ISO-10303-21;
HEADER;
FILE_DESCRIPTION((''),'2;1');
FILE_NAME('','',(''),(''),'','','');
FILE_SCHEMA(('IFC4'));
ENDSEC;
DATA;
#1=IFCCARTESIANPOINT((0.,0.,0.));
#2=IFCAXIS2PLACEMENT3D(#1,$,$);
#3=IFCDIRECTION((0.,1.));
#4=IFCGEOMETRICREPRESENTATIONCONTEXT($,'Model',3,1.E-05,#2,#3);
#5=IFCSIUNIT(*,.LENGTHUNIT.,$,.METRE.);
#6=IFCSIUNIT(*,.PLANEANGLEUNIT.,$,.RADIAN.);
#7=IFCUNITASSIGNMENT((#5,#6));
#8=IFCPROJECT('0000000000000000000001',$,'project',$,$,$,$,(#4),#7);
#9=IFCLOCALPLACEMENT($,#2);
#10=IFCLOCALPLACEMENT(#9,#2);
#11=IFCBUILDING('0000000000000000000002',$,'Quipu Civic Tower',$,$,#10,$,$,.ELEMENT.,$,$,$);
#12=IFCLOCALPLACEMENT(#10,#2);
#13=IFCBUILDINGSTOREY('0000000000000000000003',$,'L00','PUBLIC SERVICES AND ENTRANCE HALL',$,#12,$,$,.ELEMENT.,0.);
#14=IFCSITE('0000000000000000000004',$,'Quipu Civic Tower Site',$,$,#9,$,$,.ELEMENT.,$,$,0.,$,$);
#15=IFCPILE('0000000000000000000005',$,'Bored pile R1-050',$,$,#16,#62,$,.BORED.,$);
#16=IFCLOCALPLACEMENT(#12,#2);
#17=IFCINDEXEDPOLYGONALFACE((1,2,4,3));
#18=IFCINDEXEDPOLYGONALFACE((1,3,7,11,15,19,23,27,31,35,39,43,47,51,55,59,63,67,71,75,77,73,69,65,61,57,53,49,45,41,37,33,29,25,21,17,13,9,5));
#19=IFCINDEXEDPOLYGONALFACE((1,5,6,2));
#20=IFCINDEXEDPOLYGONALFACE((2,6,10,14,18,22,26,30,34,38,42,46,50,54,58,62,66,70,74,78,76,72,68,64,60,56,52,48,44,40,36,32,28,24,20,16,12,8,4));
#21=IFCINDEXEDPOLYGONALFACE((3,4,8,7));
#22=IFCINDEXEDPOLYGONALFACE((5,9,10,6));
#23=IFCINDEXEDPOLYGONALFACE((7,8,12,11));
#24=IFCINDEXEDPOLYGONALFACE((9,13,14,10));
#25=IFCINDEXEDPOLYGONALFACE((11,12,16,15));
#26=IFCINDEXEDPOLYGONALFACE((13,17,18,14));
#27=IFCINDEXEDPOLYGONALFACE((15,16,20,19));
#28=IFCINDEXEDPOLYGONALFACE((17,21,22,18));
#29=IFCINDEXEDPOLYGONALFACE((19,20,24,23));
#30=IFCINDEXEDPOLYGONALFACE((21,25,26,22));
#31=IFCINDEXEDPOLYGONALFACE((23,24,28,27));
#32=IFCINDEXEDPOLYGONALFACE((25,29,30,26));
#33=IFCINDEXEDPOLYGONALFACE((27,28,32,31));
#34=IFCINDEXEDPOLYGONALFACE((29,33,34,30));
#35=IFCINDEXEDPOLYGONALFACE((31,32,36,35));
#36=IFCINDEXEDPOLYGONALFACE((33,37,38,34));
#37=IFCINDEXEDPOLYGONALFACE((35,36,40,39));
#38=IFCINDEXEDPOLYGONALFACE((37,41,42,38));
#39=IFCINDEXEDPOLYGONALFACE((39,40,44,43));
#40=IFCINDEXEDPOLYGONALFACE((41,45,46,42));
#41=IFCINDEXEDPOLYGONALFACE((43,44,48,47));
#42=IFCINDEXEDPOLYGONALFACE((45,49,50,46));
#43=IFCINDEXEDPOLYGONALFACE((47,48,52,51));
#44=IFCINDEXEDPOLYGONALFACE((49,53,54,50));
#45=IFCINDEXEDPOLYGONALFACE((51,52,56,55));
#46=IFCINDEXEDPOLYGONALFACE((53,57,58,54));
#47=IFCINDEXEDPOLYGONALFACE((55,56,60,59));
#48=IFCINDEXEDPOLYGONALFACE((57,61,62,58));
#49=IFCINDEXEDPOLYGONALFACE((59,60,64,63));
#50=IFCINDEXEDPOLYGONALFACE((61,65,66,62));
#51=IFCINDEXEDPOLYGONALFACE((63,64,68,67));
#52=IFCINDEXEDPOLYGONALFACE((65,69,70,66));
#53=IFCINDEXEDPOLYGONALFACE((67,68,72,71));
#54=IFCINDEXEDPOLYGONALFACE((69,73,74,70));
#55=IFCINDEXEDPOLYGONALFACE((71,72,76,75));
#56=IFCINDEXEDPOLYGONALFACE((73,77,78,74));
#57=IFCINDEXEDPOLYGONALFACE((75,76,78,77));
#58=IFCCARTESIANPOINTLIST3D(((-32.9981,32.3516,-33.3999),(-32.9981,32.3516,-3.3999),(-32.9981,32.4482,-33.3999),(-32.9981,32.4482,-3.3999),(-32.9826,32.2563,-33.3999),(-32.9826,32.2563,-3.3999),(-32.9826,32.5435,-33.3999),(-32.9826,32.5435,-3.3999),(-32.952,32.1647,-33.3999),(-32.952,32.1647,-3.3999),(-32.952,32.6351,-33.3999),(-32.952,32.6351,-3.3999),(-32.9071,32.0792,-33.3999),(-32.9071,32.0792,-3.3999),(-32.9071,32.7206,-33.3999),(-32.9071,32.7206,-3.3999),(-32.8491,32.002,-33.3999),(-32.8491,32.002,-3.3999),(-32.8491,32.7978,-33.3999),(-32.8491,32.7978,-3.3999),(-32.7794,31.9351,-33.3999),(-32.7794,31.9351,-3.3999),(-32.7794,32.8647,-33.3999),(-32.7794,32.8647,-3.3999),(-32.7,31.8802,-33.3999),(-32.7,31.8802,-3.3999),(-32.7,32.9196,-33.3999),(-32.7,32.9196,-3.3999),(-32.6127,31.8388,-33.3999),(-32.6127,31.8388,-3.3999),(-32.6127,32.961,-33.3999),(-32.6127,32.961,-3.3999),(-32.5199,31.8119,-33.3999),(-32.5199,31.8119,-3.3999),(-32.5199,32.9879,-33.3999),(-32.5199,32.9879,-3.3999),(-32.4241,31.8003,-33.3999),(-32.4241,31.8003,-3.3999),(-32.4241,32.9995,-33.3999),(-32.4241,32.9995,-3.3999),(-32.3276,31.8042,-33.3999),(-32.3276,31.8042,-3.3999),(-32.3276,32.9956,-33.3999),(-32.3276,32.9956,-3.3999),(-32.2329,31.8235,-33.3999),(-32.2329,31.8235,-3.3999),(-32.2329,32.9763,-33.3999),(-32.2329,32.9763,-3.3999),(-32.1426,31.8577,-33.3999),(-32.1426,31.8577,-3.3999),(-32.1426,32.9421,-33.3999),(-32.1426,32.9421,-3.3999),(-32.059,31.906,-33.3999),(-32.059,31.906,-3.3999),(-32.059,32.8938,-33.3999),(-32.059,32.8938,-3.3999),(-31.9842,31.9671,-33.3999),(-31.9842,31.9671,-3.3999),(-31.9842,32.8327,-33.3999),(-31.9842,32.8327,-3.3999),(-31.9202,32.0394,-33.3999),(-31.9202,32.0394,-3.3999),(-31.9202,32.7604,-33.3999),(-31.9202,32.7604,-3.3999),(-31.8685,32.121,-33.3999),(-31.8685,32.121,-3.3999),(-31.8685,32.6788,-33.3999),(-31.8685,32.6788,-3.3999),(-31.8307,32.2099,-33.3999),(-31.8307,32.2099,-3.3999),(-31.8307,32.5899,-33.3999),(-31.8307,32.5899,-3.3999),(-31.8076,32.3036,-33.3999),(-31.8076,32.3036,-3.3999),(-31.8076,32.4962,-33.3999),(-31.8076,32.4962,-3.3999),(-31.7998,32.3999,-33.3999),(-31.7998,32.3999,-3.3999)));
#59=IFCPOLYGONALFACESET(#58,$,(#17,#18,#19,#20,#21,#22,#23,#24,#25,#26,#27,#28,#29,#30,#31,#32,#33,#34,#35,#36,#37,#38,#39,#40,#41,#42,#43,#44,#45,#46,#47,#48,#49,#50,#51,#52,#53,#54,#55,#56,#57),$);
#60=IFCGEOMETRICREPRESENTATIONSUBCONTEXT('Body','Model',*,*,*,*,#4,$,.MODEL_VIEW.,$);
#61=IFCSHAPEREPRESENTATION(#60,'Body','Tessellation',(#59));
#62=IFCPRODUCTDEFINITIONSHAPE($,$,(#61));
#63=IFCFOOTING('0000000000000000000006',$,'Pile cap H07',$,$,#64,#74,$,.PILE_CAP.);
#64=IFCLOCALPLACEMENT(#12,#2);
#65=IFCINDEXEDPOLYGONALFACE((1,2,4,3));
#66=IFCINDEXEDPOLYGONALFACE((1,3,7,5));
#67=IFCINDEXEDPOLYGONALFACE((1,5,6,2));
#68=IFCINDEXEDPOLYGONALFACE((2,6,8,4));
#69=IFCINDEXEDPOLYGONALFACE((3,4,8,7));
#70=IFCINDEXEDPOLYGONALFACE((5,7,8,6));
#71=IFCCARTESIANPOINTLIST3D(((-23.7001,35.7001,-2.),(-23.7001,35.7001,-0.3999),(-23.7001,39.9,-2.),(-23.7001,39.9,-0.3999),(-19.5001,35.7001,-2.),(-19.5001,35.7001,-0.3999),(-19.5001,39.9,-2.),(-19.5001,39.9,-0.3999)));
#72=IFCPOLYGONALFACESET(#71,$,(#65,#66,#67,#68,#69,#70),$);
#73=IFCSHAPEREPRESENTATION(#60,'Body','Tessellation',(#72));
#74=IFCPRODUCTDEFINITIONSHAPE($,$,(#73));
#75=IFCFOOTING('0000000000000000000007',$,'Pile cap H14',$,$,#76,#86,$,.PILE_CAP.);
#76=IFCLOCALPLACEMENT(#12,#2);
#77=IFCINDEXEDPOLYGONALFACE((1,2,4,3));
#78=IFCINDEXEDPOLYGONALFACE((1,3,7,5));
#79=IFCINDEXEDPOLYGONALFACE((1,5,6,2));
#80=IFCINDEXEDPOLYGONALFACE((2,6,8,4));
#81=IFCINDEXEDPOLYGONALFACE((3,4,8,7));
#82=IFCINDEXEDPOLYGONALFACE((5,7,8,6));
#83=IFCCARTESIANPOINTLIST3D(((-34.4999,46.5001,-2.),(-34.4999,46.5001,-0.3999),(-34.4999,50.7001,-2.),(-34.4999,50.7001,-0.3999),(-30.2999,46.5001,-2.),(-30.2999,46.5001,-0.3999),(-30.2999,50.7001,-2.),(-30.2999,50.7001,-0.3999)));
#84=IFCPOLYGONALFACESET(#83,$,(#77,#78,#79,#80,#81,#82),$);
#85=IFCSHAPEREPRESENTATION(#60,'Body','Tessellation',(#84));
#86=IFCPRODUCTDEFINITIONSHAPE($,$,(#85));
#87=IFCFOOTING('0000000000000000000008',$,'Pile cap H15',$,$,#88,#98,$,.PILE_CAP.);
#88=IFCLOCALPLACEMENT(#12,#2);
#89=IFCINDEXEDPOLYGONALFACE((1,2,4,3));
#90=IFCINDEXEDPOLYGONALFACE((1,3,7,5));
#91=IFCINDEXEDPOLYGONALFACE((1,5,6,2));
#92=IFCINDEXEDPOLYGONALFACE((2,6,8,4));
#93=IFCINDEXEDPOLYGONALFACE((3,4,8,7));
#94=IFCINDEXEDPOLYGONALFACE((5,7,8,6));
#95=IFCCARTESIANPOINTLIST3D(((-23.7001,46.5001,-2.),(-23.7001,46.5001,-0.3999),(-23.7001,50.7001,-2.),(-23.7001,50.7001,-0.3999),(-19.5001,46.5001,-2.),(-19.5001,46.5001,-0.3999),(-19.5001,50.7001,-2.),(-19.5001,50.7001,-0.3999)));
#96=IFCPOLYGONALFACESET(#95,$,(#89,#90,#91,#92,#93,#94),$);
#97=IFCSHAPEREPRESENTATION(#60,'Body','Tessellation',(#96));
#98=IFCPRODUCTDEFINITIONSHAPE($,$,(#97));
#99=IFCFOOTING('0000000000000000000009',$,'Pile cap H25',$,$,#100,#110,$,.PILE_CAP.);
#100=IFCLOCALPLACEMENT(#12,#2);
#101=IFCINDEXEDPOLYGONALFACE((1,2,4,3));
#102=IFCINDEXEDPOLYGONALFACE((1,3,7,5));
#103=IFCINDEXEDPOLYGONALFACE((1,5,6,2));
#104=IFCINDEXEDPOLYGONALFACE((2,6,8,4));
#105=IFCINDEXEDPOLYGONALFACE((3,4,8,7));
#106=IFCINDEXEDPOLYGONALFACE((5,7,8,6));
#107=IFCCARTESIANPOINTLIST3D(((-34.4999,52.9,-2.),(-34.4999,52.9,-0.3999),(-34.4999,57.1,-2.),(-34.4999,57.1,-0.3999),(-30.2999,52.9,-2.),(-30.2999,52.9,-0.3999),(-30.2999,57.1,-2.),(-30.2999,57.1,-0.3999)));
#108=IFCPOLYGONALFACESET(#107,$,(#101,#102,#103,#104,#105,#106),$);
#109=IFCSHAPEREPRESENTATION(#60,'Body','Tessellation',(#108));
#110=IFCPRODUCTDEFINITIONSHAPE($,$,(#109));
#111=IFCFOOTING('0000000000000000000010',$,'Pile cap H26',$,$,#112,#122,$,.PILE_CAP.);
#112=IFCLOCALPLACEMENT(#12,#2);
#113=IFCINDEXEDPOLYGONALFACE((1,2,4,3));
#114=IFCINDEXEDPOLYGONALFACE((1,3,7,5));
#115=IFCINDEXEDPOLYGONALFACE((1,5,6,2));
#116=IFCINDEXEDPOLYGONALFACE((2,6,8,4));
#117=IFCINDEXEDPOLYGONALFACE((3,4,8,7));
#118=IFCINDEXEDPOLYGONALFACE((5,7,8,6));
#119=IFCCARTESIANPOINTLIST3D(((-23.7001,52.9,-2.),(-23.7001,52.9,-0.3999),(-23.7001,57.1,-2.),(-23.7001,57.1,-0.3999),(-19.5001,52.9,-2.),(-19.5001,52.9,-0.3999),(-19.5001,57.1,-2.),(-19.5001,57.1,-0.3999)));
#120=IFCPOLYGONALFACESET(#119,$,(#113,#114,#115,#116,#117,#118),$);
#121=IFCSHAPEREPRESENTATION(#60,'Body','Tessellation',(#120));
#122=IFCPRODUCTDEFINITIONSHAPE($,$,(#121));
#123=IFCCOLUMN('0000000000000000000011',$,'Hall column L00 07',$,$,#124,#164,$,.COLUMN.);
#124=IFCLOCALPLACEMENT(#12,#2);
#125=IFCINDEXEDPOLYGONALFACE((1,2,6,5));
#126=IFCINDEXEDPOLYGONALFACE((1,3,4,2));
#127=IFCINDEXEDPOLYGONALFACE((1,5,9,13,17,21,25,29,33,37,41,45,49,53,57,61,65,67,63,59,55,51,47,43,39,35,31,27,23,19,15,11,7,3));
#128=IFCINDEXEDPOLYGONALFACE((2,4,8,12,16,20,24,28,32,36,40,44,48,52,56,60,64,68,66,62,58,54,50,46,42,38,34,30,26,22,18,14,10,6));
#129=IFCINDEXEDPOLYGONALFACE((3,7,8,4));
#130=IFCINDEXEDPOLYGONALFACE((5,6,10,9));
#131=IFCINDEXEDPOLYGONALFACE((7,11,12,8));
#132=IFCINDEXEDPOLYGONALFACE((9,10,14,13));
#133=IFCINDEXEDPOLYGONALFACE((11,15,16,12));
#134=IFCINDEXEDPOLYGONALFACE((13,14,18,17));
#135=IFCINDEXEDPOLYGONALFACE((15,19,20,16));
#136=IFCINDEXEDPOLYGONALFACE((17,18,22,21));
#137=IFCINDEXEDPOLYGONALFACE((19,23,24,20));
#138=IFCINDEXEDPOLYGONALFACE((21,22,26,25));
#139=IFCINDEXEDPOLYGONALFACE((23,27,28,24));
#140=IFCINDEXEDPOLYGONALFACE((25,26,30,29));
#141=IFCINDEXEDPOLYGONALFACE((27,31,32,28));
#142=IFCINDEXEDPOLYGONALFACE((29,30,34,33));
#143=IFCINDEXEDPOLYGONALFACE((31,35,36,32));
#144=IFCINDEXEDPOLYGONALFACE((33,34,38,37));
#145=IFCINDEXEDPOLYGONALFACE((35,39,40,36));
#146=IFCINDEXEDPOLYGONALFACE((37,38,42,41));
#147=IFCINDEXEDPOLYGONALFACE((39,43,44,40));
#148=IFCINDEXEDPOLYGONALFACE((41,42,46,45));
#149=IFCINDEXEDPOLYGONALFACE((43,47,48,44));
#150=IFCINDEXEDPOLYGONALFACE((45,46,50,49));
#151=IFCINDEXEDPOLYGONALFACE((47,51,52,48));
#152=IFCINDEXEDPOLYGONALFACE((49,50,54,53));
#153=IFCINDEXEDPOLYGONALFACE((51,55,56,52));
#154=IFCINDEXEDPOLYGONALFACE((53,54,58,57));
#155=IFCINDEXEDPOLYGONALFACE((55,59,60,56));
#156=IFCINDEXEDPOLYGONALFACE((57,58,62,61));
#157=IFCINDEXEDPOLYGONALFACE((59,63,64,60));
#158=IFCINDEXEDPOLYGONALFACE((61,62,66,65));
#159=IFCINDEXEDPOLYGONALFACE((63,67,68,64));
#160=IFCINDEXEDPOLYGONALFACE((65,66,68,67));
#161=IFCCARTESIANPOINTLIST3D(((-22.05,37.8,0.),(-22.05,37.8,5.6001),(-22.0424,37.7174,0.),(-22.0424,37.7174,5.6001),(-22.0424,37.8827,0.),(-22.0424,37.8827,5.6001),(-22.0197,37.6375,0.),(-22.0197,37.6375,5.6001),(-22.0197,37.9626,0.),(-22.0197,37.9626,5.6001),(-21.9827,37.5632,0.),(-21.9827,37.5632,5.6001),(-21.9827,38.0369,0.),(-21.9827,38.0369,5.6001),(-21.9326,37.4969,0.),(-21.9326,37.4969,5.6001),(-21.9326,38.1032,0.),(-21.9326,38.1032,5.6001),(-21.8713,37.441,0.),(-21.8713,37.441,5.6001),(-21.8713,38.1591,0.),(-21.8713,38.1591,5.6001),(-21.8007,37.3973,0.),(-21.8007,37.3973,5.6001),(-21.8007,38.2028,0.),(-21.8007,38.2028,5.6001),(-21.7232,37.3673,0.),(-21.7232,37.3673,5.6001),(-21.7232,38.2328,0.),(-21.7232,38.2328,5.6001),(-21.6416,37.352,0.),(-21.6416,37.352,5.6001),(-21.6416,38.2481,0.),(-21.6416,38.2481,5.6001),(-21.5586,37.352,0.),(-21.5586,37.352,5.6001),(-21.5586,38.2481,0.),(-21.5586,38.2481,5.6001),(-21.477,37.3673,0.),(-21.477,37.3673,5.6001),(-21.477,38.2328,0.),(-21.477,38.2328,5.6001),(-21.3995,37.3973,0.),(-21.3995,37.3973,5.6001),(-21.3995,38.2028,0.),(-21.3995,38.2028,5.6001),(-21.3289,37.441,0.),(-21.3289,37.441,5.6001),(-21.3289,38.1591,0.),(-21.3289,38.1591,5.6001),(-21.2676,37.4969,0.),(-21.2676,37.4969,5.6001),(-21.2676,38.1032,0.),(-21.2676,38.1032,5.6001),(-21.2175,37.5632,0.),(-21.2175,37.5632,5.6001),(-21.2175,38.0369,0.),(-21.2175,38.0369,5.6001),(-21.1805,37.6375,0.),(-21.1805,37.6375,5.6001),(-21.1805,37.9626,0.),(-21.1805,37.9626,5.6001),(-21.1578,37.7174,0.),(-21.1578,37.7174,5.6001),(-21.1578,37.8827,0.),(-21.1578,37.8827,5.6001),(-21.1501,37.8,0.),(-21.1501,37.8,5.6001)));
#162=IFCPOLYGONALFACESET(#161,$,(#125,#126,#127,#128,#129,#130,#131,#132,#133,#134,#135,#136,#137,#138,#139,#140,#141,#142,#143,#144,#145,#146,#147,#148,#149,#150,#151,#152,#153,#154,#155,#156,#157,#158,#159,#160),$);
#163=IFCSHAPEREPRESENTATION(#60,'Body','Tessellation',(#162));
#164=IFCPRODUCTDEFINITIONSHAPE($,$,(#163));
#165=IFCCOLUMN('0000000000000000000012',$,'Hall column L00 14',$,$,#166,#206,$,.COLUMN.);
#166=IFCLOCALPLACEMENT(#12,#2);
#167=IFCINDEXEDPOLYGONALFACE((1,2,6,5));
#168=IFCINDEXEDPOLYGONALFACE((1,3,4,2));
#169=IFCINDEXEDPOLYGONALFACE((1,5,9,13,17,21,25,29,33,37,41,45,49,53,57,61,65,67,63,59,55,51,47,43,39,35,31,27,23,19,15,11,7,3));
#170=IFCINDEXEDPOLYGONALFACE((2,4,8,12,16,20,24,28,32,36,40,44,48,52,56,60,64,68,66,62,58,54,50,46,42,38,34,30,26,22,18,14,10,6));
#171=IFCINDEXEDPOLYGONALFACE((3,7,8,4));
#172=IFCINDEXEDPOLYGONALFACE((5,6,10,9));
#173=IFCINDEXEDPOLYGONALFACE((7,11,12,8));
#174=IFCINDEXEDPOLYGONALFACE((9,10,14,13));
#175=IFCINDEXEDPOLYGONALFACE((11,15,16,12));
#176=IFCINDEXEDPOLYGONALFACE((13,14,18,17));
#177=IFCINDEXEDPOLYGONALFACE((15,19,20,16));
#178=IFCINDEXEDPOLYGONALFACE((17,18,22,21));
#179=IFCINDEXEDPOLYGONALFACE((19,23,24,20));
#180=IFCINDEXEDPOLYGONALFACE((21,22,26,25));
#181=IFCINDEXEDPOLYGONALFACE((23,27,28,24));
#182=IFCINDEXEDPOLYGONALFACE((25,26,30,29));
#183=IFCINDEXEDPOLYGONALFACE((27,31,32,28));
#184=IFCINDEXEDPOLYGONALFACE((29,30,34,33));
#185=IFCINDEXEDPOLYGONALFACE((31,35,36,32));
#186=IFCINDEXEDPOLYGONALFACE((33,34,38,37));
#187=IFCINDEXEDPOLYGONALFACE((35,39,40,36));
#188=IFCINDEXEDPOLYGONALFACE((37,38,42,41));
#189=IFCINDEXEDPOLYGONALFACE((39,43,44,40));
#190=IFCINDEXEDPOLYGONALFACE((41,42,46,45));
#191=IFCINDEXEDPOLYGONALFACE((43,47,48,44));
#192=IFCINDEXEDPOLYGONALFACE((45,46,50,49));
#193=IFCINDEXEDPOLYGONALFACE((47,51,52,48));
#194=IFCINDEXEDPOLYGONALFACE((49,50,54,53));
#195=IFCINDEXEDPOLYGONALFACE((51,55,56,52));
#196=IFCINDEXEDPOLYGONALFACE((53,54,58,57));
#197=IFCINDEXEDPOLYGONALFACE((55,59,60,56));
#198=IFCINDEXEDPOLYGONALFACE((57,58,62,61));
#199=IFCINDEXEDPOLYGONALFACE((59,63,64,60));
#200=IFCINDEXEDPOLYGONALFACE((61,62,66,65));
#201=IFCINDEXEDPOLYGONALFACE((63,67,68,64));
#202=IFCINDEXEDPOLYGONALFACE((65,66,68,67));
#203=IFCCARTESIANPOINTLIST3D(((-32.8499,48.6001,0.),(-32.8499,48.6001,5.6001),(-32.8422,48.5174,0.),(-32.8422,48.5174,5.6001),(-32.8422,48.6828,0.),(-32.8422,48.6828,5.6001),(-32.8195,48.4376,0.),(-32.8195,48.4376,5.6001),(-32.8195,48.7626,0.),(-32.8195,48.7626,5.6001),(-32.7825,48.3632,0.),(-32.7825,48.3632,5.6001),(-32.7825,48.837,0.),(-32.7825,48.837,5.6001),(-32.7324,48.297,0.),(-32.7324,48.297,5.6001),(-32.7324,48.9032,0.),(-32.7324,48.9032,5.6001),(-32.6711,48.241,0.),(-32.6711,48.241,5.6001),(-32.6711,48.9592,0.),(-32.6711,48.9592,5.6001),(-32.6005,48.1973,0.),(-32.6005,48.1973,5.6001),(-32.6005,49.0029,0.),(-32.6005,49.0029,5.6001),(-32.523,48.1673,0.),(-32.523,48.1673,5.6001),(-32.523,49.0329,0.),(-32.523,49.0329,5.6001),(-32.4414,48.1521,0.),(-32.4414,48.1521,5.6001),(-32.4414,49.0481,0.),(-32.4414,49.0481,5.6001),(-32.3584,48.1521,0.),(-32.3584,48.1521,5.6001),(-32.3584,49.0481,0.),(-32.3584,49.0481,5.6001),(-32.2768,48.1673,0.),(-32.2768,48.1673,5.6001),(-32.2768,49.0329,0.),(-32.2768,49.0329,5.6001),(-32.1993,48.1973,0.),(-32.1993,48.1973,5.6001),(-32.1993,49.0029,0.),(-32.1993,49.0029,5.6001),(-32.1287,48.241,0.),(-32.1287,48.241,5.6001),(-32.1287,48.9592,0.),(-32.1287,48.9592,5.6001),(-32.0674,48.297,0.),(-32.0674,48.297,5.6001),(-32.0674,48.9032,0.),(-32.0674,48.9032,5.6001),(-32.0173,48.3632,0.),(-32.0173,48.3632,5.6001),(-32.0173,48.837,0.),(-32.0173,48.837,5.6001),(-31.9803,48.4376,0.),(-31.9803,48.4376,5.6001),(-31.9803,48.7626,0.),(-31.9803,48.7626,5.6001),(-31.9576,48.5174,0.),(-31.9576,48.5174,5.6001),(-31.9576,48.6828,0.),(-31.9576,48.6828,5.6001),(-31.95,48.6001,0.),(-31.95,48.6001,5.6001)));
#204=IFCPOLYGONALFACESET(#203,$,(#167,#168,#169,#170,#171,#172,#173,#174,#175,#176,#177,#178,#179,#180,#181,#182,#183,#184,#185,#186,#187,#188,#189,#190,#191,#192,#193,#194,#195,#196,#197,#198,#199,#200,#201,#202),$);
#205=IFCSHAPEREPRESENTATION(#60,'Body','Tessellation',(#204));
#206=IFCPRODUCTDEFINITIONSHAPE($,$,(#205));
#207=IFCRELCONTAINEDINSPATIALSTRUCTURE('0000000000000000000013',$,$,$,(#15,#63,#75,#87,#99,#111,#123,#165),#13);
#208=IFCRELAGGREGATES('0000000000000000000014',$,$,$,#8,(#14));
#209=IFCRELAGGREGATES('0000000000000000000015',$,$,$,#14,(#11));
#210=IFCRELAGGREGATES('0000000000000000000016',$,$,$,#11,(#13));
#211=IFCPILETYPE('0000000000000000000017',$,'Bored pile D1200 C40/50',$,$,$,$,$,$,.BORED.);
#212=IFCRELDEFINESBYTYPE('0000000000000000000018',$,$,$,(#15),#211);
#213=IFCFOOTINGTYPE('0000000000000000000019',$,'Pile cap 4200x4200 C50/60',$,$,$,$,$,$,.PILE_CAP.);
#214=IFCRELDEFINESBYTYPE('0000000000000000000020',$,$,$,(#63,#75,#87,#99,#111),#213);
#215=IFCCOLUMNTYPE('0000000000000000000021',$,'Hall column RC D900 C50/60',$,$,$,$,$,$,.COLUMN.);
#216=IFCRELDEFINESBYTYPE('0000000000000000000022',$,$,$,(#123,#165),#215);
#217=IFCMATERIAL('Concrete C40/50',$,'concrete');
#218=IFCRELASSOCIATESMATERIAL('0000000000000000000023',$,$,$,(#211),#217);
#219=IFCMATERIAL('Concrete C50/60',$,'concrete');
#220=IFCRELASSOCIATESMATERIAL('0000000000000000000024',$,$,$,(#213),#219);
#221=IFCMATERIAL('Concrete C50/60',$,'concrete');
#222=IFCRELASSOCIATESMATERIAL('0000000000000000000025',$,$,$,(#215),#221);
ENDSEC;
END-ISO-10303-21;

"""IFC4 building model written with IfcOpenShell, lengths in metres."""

from ifc_helpers import new_model, si_unit, direction, frame, origin, origin_2d, place, context, subcontext, project, spatial, rectangle, circle, extrude, material, material_profile, profile_set, type_object, element, save


model = new_model("IFC4")

# Units and contexts
model_context = context("Model", 3, precision=1e-05, world=origin(), true_north=direction((0.0, 1.0)))
body_context = subcontext(model_context, "Body", "Model", "MODEL_VIEW")
ifc_project = project(units=[si_unit("LENGTHUNIT", "METRE"), si_unit("PLANEANGLEUNIT", "RADIAN")], contexts=[model_context])

# Site, building, storey
site_placement = place(None, origin())
site = spatial("IfcSite", under=ifc_project, at=site_placement, Name="Quipu Civic Tower Site", CompositionType="ELEMENT", RefElevation=0.0)
building_placement = place(site_placement, origin())
building = spatial("IfcBuilding", under=site, at=building_placement, Name="Quipu Civic Tower", CompositionType="ELEMENT")
storey_placement = place(building_placement, origin())
storey = spatial("IfcBuildingStorey", under=building, at=storey_placement, Name="L00", Description="PUBLIC SERVICES AND ENTRANCE HALL", CompositionType="ELEMENT", Elevation=0.0)

# Pile
ifc_material_1 = material(Name="Concrete C40/50", Category="concrete")
ifc_material_profile_1 = material_profile(ifc_material_1, circle(Radius=0.6001, at=origin_2d()), Name="RCD1200")
ifc_profile_set_1 = profile_set([ifc_material_profile_1], Name="Concrete C40/50")
pile_type_1 = type_object("IfcPileType", Name="Bored pile D1200 C40/50", PredefinedType="BORED", material=ifc_profile_set_1)
pile_placement = place(storey_placement, frame((-32.3999, 32.3999, -3.3999), z_axis=(0.0, 0.0, -1.0), x_axis=(1.0, 0.0, 0.0)))
element("IfcPile", 1, at=pile_placement, inside=storey, type_object=pile_type_1, Name="Bored pile R1-050", PredefinedType="BORED", context=body_context, shape_type="SweptSolid", body=[
    extrude(circle(Radius=0.6001, at=origin_2d()), origin(), (0.0, 0.0, 1.0), 30.0),
])

# Footings
ifc_material_2 = material(Name="Concrete C50/60", Category="concrete")
footing_type = type_object("IfcFootingType", Name="Pile cap 4200x4200 C50/60", PredefinedType="PILE_CAP", material=ifc_material_2)
for number, where, z_axis, x_axis, name in (
    (2, (-21.6001, 37.8, -2.0), (0.0, 0.0, 1.0), (1.0, 0.0, 0.0), "Pile cap H07"),
    (3, (-32.3999, 48.6001, -2.0), (0.0, 0.0, 1.0), (1.0, 0.0, 0.0), "Pile cap H14"),
    (4, (-21.6001, 48.6001, -2.0), (0.0, 0.0, 1.0), (1.0, 0.0, 0.0), "Pile cap H15"),
    (5, (-32.3999, 55.0, -2.0), (0.0, 0.0, 1.0), (1.0, 0.0, 0.0), "Pile cap H25"),
    (6, (-21.6001, 55.0, -2.0), (0.0, 0.0, 1.0), (1.0, 0.0, 0.0), "Pile cap H26"),
):
    element("IfcFooting", number, at=place(storey_placement, frame(where, z_axis=z_axis, x_axis=x_axis)), inside=storey, type_object=footing_type, Name=name, PredefinedType="PILE_CAP", context=body_context, shape_type="SweptSolid", body=[
        extrude(rectangle(XDim=4.2, YDim=4.2, at=origin_2d()), origin(), (0.0, 0.0, 1.0), 1.6001),
    ])

# Columns
ifc_material_3 = material(Name="Concrete C50/60", Category="concrete")
ifc_material_profile_2 = material_profile(ifc_material_3, circle(Radius=0.45, at=origin_2d()), Name="RCD900")
ifc_profile_set_2 = profile_set([ifc_material_profile_2], Name="Concrete C50/60")
column_type_1 = type_object("IfcColumnType", Name="Hall column RC D900 C50/60", PredefinedType="COLUMN", material=ifc_profile_set_2)
for number, where, z_axis, x_axis, name in (
    (7, (-21.6001, 37.8, 0.0), (0.0, 0.0, 1.0), (1.0, 0.0, 0.0), "Hall column L00 07"),
    (8, (-32.3999, 48.6001, 0.0), (0.0, 0.0, 1.0), (1.0, 0.0, 0.0), "Hall column L00 14"),
):
    element("IfcColumn", number, at=place(storey_placement, frame(where, z_axis=z_axis, x_axis=x_axis)), inside=storey, type_object=column_type_1, Name=name, PredefinedType="COLUMN", context=body_context, shape_type="SweptSolid", body=[
        extrude(circle(Radius=0.45, at=origin_2d()), origin(), (0.0, 0.0, 1.0), 5.6001),
    ])

save(model, "model.ifc")
